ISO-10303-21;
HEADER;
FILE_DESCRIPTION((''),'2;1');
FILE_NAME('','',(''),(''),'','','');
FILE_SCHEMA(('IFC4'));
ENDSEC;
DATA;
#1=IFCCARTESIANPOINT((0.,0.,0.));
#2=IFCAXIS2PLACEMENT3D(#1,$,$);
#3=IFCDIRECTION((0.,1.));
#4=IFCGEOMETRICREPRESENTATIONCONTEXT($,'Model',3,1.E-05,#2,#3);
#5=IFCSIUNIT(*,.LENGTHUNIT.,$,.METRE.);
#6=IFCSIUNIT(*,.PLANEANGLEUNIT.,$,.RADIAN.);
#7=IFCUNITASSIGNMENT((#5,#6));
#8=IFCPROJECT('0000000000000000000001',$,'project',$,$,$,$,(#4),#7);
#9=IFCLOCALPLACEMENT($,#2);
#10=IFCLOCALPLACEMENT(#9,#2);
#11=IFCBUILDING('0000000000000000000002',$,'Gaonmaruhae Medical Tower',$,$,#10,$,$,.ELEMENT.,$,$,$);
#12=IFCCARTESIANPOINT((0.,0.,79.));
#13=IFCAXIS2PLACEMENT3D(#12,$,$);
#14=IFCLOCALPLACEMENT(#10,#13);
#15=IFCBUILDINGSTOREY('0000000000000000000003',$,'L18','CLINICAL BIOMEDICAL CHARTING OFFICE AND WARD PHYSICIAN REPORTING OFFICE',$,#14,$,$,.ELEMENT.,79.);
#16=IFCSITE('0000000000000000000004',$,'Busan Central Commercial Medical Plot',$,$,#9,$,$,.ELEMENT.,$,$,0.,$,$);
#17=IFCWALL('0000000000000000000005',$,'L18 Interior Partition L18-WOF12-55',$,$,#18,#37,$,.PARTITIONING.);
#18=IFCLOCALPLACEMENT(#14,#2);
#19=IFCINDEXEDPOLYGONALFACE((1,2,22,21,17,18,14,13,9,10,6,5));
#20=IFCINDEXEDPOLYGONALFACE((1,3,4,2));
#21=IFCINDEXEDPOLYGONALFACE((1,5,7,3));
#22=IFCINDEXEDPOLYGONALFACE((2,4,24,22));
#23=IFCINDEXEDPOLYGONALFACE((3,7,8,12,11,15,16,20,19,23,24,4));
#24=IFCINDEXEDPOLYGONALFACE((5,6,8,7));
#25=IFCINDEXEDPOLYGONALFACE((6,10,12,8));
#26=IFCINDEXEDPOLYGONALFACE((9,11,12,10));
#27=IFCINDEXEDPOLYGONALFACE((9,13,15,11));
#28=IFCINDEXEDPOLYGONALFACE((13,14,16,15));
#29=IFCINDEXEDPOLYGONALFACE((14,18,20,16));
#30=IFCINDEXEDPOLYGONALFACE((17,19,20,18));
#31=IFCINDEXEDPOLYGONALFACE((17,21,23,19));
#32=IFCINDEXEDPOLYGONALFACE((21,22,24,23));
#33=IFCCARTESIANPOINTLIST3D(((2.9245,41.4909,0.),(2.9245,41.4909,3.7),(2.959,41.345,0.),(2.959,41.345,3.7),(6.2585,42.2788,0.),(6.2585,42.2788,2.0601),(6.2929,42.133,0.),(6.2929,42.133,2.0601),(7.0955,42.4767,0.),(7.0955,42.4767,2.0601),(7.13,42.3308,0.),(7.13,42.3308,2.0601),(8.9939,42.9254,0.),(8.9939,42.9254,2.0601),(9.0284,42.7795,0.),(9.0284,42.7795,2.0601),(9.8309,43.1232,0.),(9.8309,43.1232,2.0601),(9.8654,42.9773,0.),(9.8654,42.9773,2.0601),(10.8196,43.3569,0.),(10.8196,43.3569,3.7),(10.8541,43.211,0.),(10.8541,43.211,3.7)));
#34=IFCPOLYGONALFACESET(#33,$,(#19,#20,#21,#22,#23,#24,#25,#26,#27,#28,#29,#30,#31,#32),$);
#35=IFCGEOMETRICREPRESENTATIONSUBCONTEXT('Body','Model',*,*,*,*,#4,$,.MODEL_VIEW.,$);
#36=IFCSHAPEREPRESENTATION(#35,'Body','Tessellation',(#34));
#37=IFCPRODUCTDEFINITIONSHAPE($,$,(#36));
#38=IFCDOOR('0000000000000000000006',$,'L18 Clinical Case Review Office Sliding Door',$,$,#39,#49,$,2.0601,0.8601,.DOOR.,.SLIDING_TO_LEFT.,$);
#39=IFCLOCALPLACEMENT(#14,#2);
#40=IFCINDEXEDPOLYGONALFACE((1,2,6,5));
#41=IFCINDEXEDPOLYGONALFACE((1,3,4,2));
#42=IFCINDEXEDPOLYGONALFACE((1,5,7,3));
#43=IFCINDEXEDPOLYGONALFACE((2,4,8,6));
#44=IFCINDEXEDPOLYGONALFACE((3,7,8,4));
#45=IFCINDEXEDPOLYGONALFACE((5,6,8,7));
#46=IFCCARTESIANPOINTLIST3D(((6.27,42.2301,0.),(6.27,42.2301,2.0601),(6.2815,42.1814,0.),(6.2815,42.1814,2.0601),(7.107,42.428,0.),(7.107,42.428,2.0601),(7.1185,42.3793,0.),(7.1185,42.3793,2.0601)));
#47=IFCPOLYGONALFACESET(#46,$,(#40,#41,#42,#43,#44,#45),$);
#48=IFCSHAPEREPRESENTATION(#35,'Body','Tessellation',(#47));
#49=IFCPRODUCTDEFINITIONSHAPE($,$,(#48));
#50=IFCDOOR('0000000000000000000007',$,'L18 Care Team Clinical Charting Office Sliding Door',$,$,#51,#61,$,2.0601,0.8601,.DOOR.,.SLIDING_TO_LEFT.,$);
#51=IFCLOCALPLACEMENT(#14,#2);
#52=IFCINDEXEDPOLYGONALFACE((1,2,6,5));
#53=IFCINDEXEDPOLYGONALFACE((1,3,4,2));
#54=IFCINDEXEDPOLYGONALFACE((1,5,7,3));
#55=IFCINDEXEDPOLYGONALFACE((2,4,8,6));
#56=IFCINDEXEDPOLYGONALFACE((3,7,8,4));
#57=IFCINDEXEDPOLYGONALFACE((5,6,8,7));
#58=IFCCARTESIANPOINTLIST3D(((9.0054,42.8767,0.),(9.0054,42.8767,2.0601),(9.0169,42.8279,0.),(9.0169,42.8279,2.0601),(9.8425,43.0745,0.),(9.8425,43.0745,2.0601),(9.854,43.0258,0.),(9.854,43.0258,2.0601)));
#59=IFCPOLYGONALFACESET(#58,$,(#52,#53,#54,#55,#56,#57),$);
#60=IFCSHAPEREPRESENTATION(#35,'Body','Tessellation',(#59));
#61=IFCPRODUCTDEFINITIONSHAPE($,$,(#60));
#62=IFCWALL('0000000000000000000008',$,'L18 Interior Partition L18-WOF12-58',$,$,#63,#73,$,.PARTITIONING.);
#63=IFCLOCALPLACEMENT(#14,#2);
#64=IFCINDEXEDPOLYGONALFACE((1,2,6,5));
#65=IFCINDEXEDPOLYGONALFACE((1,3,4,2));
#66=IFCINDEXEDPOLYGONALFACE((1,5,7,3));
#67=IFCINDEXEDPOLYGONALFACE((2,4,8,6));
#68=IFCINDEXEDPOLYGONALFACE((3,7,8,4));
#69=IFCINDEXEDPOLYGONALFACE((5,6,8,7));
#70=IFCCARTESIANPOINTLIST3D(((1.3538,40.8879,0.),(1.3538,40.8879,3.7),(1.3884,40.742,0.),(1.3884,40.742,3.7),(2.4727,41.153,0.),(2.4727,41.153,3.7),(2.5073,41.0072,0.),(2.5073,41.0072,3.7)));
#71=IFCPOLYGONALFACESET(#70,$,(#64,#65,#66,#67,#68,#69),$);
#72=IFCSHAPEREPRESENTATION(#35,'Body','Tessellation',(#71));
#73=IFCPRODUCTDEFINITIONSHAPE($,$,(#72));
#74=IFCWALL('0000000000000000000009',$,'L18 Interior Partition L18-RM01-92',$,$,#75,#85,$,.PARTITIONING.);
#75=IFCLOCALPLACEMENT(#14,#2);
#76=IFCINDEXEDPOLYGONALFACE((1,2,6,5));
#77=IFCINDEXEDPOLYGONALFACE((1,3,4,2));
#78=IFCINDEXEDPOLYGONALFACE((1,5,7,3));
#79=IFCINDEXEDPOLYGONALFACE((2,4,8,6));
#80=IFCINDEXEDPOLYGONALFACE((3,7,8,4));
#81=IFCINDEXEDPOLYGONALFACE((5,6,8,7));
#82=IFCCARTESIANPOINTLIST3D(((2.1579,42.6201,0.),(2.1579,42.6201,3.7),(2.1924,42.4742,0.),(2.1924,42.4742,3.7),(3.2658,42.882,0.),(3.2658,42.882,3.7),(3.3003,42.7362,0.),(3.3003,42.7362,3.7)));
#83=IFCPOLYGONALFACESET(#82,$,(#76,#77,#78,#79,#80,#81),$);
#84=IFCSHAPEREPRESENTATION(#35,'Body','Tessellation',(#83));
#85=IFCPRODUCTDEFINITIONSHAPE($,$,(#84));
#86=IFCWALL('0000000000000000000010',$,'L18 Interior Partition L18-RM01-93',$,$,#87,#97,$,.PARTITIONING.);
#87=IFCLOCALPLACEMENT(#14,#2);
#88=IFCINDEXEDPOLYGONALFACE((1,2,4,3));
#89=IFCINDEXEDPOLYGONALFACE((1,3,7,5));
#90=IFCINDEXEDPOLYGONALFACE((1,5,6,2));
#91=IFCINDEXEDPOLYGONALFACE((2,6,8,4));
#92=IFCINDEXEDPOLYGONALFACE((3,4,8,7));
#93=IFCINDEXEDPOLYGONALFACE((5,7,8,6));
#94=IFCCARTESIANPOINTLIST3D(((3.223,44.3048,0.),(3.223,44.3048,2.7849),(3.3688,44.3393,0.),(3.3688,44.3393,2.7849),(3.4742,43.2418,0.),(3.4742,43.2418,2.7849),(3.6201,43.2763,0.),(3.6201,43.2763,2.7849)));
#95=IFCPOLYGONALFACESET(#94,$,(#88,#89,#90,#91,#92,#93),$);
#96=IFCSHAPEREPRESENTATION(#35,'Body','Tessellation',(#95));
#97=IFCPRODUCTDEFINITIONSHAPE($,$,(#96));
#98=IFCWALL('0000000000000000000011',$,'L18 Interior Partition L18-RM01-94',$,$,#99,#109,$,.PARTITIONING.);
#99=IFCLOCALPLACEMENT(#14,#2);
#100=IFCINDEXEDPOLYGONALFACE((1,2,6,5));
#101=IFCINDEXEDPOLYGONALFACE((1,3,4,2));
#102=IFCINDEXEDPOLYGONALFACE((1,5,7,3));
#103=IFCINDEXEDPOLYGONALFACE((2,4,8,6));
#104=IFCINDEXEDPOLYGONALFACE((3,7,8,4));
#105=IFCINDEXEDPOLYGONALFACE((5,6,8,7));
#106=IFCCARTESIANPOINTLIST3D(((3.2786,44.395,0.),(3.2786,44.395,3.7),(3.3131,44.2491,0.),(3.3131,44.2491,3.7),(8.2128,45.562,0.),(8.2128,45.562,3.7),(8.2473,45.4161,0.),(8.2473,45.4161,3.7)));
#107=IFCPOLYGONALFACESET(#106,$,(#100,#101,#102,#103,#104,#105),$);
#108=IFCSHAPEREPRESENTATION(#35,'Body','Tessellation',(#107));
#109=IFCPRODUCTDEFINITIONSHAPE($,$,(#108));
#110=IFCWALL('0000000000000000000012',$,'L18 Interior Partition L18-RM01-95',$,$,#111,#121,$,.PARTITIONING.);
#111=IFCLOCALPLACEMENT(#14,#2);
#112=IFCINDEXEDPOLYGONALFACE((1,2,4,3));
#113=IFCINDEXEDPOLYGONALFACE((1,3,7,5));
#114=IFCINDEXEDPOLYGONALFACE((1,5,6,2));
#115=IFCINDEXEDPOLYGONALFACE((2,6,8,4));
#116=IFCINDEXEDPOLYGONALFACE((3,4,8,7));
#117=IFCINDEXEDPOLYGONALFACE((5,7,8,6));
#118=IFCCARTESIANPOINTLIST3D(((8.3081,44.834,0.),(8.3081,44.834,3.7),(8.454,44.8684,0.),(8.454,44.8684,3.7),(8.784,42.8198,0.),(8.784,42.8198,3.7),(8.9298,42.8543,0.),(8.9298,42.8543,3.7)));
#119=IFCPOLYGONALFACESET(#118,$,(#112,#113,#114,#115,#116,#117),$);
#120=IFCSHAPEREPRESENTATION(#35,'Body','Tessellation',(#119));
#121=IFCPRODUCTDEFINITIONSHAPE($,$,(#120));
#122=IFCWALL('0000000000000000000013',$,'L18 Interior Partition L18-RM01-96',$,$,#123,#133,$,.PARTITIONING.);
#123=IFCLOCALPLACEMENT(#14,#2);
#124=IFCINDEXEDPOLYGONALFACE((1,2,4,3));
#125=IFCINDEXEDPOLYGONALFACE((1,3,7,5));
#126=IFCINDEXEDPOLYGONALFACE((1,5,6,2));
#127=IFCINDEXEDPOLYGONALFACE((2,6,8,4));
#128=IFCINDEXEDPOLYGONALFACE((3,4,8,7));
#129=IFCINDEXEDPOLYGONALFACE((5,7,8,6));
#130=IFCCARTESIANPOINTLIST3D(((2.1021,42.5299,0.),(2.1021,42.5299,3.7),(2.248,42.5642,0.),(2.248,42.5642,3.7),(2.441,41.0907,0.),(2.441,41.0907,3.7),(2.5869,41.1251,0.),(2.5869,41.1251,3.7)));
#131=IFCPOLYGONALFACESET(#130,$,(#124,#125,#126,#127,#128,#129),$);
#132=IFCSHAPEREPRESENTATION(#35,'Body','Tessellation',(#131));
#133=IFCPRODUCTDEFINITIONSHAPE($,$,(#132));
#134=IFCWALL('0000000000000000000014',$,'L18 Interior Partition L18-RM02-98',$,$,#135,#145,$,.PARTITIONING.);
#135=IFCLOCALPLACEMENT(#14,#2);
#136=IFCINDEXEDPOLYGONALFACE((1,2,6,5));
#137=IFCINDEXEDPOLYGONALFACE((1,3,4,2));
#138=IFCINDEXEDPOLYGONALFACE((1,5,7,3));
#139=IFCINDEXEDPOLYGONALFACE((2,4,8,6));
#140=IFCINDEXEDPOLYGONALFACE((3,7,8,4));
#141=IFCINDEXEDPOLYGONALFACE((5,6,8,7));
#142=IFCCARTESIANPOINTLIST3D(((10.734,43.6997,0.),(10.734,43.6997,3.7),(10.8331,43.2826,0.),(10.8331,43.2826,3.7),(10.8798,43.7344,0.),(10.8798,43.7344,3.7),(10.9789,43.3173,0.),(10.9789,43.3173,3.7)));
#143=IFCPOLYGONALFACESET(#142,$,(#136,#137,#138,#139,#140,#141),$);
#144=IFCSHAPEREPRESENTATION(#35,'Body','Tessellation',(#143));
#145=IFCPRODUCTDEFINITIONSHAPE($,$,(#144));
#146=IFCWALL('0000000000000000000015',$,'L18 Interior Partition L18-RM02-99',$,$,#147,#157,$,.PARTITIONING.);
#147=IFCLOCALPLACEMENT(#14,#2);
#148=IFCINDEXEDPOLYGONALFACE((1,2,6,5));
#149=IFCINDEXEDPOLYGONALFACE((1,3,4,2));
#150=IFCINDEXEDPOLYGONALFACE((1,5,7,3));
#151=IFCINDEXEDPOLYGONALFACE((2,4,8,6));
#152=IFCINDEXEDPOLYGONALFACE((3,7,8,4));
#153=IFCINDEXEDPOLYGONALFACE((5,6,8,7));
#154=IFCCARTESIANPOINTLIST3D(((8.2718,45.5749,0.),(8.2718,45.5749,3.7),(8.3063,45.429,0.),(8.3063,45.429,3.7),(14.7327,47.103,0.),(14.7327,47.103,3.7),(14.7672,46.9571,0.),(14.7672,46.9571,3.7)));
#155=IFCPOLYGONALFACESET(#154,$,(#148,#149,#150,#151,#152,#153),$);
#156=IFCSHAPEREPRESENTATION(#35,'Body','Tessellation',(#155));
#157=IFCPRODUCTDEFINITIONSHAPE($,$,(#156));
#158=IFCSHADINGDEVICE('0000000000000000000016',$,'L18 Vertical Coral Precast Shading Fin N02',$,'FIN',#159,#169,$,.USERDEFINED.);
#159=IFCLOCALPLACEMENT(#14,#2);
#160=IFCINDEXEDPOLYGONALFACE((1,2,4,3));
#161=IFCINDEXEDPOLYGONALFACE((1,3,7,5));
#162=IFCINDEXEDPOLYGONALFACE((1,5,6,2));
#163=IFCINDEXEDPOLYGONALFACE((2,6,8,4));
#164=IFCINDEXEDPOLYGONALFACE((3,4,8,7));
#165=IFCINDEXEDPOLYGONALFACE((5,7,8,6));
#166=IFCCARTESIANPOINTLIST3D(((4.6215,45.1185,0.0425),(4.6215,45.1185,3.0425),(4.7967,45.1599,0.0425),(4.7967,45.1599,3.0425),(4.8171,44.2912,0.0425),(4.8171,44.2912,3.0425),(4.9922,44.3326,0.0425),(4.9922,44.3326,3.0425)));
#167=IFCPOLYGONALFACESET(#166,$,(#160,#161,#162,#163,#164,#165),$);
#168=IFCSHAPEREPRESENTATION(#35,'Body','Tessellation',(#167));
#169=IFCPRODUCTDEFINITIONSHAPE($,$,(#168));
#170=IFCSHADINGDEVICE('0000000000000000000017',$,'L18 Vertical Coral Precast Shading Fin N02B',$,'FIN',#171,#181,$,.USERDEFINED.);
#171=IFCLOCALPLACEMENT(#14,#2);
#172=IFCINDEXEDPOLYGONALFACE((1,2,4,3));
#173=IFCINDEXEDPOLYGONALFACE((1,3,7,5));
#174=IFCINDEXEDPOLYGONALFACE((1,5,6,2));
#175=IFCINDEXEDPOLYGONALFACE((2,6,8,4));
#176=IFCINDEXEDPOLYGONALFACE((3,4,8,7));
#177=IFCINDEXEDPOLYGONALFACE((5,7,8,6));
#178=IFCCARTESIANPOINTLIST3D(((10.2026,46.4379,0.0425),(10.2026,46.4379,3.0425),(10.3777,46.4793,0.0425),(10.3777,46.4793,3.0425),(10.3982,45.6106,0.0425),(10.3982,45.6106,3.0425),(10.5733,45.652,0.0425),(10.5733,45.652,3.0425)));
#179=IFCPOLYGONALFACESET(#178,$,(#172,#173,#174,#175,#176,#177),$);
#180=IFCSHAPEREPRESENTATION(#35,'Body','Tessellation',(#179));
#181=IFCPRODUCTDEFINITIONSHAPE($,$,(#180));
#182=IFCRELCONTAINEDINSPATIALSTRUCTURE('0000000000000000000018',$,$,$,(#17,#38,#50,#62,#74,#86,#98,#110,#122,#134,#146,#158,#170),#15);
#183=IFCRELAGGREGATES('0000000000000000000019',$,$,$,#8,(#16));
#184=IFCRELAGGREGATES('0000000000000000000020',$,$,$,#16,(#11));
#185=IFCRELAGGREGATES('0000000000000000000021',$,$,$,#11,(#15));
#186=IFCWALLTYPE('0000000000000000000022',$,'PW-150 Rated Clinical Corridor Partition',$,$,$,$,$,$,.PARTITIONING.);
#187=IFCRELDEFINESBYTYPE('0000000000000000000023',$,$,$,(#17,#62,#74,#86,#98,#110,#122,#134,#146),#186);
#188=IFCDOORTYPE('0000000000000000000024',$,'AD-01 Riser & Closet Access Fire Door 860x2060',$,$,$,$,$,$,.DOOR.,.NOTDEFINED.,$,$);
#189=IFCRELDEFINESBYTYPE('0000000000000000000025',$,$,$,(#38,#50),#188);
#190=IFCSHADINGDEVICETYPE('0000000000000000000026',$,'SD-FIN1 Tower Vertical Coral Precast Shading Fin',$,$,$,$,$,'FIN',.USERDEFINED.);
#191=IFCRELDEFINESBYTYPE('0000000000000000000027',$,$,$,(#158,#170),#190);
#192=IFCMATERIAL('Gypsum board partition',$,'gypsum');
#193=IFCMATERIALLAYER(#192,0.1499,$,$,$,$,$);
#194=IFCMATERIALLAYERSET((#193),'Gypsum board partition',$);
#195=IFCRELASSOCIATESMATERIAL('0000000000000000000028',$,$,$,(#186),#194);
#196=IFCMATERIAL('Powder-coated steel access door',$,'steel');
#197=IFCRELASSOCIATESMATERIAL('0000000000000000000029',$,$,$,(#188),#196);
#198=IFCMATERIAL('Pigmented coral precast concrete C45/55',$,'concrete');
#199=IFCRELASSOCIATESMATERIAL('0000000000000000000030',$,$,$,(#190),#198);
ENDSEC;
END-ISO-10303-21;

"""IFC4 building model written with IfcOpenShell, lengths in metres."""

from ifc_helpers import new_model, si_unit, direction, frame, frame_2d, origin, origin_2d, place, context, subcontext, project, spatial, rectangle, extrude, material, layer, layer_set, type_object, element, fill, save


model = new_model("IFC4")

# Units and contexts
model_context = context("Model", 3, precision=1e-05, world=origin(), true_north=direction((0.0, 1.0)))
body_context = subcontext(model_context, "Body", "Model", "MODEL_VIEW")
ifc_project = project(units=[si_unit("LENGTHUNIT", "METRE"), si_unit("PLANEANGLEUNIT", "RADIAN")], contexts=[model_context])

# Site, building, storey
site_placement = place(None, origin())
site = spatial("IfcSite", under=ifc_project, at=site_placement, Name="Busan Central Commercial Medical Plot", CompositionType="ELEMENT", RefElevation=0.0)
building_placement = place(site_placement, origin())
building = spatial("IfcBuilding", under=site, at=building_placement, Name="Gaonmaruhae Medical Tower", CompositionType="ELEMENT")
storey_placement = place(building_placement, frame((0.0, 0.0, 79.0)))
storey = spatial("IfcBuildingStorey", under=building, at=storey_placement, Name="L18", Description="CLINICAL BIOMEDICAL CHARTING OFFICE AND WARD PHYSICIAN REPORTING OFFICE", CompositionType="ELEMENT", Elevation=79.0)

# Wall, openings, doors
ifc_material_1 = material(Name="Gypsum board partition", Category="gypsum")
ifc_layer_1 = layer(ifc_material_1, 0.1499)
ifc_layer_set_1 = layer_set([ifc_layer_1], Name="Gypsum board partition")
wall_type_1 = type_object("IfcWallType", Name="PW-150 Rated Clinical Corridor Partition", PredefinedType="PARTITIONING", material=ifc_layer_set_1)
wall_1_placement = place(storey_placement, frame((2.9419, 41.418, 0.0), z_axis=(0.0, 0.0, 1.0), x_axis=(0.973188, 0.23001, 0.0)))
wall_1 = element("IfcWall", 1, at=wall_1_placement, inside=storey, type_object=wall_type_1, Name="L18 Interior Partition L18-WOF12-55", PredefinedType="PARTITIONING", context=body_context, shape_type="SweptSolid", body=[
    extrude(rectangle(XDim=8.1125, YDim=0.1499, at=frame_2d((4.0562, 0.0))), origin(), (0.0, 0.0, 1.0), 3.7),
])
opening_1_placement = place(wall_1_placement, frame((3.4255, 0.0, 0.0)))
opening_1 = element("IfcOpeningElement", 2, at=opening_1_placement, cuts=wall_1, PredefinedType="OPENING", context=body_context, shape_type="SweptSolid", body=[
    extrude(rectangle(XDim=0.8601, YDim=2.0601, at=frame_2d((0.4302, 1.03))), frame((0.0, 0.085, 0.0), z_axis=(0.0, -1.0, 0.0), x_axis=(1.0, 0.0, 0.0)), (0.0, 0.0, 1.0), 0.1699),
])
opening_2_placement = place(wall_1_placement, frame((6.2363, 0.0, 0.0)))
opening_2 = element("IfcOpeningElement", 3, at=opening_2_placement, cuts=wall_1, PredefinedType="OPENING", context=body_context, shape_type="SweptSolid", body=[
    extrude(rectangle(XDim=0.8601, YDim=2.0601, at=frame_2d((0.4302, 1.03))), frame((0.0, 0.085, 0.0), z_axis=(0.0, -1.0, 0.0), x_axis=(1.0, 0.0, 0.0)), (0.0, 0.0, 1.0), 0.1699),
])
ifc_material_2 = material(Name="Powder-coated steel access door", Category="steel")
door_type_1 = type_object("IfcDoorType", Name="AD-01 Riser & Closet Access Fire Door 860x2060", OperationType="NOTDEFINED", PredefinedType="DOOR", material=ifc_material_2)
door_1_placement = place(opening_1_placement, origin())
door_1 = element("IfcDoor", 4, at=door_1_placement, inside=storey, type_object=door_type_1, Name="L18 Clinical Case Review Office Sliding Door", OperationType="SLIDING_TO_LEFT", OverallHeight=2.0601, OverallWidth=0.8601, PredefinedType="DOOR", context=body_context, shape_type="SweptSolid", body=[
    extrude(rectangle(XDim=0.8601, YDim=2.0601, at=frame_2d((0.4302, 1.03))), frame((0.0, 0.0249, 0.0), z_axis=(0.0, -1.0, 0.0), x_axis=(1.0, 0.0, 0.0)), (0.0, 0.0, 1.0), 0.05),
])
fill(opening_1, door_1)
door_2_placement = place(opening_2_placement, origin())
door_2 = element("IfcDoor", 5, at=door_2_placement, inside=storey, type_object=door_type_1, Name="L18 Care Team Clinical Charting Office Sliding Door", OperationType="SLIDING_TO_LEFT", OverallHeight=2.0601, OverallWidth=0.8601, PredefinedType="DOOR", context=body_context, shape_type="SweptSolid", body=[
    extrude(rectangle(XDim=0.8601, YDim=2.0601, at=frame_2d((0.4302, 1.03))), frame((0.0, 0.0249, 0.0), z_axis=(0.0, -1.0, 0.0), x_axis=(1.0, 0.0, 0.0)), (0.0, 0.0, 1.0), 0.05),
])
fill(opening_2, door_2)

# Walls
wall_2_placement = place(storey_placement, frame((1.3711, 40.8149, 0.0), z_axis=(0.0, 0.0, 1.0), x_axis=(0.973054, 0.230577, 0.0)))
element("IfcWall", 6, at=wall_2_placement, inside=storey, type_object=wall_type_1, Name="L18 Interior Partition L18-WOF12-58", PredefinedType="PARTITIONING", context=body_context, shape_type="SweptSolid", body=[
    extrude(rectangle(XDim=1.1499, YDim=0.1499, at=frame_2d((0.575, 0.0))), origin(), (0.0, 0.0, 1.0), 3.7),
])
wall_3_placement = place(storey_placement, frame((2.175, 42.5471, 0.0), z_axis=(0.0, 0.0, 1.0), x_axis=(0.973166, 0.230103, 0.0)))
element("IfcWall", 7, at=wall_3_placement, inside=storey, type_object=wall_type_1, Name="L18 Interior Partition L18-RM01-92", PredefinedType="PARTITIONING", context=body_context, shape_type="SweptSolid", body=[
    extrude(rectangle(XDim=1.1384, YDim=0.1499, at=frame_2d((0.5693, 0.0))), origin(), (0.0, 0.0, 1.0), 3.7),
])
wall_4_placement = place(storey_placement, frame((3.5471, 43.259, 0.0), z_axis=(0.0, 0.0, 1.0), x_axis=(-0.229999, 0.973191, 0.0)))
element("IfcWall", 8, at=wall_4_placement, inside=storey, type_object=wall_type_1, Name="L18 Interior Partition L18-RM01-93", PredefinedType="PARTITIONING", context=body_context, shape_type="SweptSolid", body=[
    extrude(rectangle(XDim=1.0923, YDim=0.1499, at=frame_2d((0.5461, 0.0))), origin(), (0.0, 0.0, 1.0), 2.7849),
])
wall_5_placement = place(storey_placement, frame((3.2959, 44.322, 0.0), z_axis=(0.0, 0.0, 1.0), x_axis=(0.973151, 0.230166, 0.0)))
element("IfcWall", 9, at=wall_5_placement, inside=storey, type_object=wall_type_1, Name="L18 Interior Partition L18-RM01-94", PredefinedType="PARTITIONING", context=body_context, shape_type="SweptSolid", body=[
    extrude(rectangle(XDim=5.0703, YDim=0.1499, at=frame_2d((2.5352, 0.0))), origin(), (0.0, 0.0, 1.0), 3.7),
])
wall_6_placement = place(storey_placement, frame((8.3811, 44.8511, 0.0), z_axis=(0.0, 0.0, 1.0), x_axis=(0.229914, -0.973211, 0.0)))
element("IfcWall", 10, at=wall_6_placement, inside=storey, type_object=wall_type_1, Name="L18 Interior Partition L18-RM01-95", PredefinedType="PARTITIONING", context=body_context, shape_type="SweptSolid", body=[
    extrude(rectangle(XDim=2.0696, YDim=0.1499, at=frame_2d((1.0347, 0.0))), origin(), (0.0, 0.0, 1.0), 3.7),
])
wall_7_placement = place(storey_placement, frame((2.5139, 41.1079, 0.0), z_axis=(0.0, 0.0, 1.0), x_axis=(-0.229187, 0.973383, 0.0)))
element("IfcWall", 11, at=wall_7_placement, inside=storey, type_object=wall_type_1, Name="L18 Interior Partition L18-RM01-96", PredefinedType="PARTITIONING", context=body_context, shape_type="SweptSolid", body=[
    extrude(rectangle(XDim=1.4785, YDim=0.1499, at=frame_2d((0.7393, 0.0))), origin(), (0.0, 0.0, 1.0), 3.7),
])
wall_8_placement = place(storey_placement, frame((10.8069, 43.717, 0.0), z_axis=(0.0, 0.0, 1.0), x_axis=(0.231261, -0.972892, 0.0)))
element("IfcWall", 12, at=wall_8_placement, inside=storey, type_object=wall_type_1, Name="L18 Interior Partition L18-RM02-98", PredefinedType="PARTITIONING", context=body_context, shape_type="SweptSolid", body=[
    extrude(rectangle(XDim=0.4287, YDim=0.1499, at=frame_2d((0.2144, 0.0))), origin(), (0.0, 0.0, 1.0), 3.7),
])
wall_9_placement = place(storey_placement, frame((8.2891, 45.502, 0.0), z_axis=(0.0, 0.0, 1.0), x_axis=(0.973153, 0.23016, 0.0)))
element("IfcWall", 13, at=wall_9_placement, inside=storey, type_object=wall_type_1, Name="L18 Interior Partition L18-RM02-99", PredefinedType="PARTITIONING", context=body_context, shape_type="SweptSolid", body=[
    extrude(rectangle(XDim=6.6392, YDim=0.1499, at=frame_2d((3.3196, 0.0))), origin(), (0.0, 0.0, 1.0), 3.7),
])

# Shading devices
ifc_material_3 = material(Name="Pigmented coral precast concrete C45/55", Category="concrete")
shading_device_type = type_object("IfcShadingDeviceType", Name="SD-FIN1 Tower Vertical Coral Precast Shading Fin", ElementType="FIN", PredefinedType="USERDEFINED", material=ifc_material_3)
for number, where, z_axis, x_axis, name in (
    (14, (4.8069, 44.7256, 0.0425), (0.0, 0.0, 1.0), (0.973179, 0.23005, 0.0), "L18 Vertical Coral Precast Shading Fin N02"),
    (15, (10.3879, 46.0449, 0.0425), (0.0, 0.0, 1.0), (0.973179, 0.23005, 0.0), "L18 Vertical Coral Precast Shading Fin N02B"),
):
    element("IfcShadingDevice", number, at=place(storey_placement, frame(where, z_axis=z_axis, x_axis=x_axis)), inside=storey, type_object=shading_device_type, Name=name, ObjectType="FIN", PredefinedType="USERDEFINED", context=body_context, shape_type="SweptSolid", body=[
        extrude(rectangle(XDim=0.1799, YDim=0.8501, at=origin_2d()), origin(), (0.0, 0.0, 1.0), 3.0),
    ])

save(model, "model.ifc")
